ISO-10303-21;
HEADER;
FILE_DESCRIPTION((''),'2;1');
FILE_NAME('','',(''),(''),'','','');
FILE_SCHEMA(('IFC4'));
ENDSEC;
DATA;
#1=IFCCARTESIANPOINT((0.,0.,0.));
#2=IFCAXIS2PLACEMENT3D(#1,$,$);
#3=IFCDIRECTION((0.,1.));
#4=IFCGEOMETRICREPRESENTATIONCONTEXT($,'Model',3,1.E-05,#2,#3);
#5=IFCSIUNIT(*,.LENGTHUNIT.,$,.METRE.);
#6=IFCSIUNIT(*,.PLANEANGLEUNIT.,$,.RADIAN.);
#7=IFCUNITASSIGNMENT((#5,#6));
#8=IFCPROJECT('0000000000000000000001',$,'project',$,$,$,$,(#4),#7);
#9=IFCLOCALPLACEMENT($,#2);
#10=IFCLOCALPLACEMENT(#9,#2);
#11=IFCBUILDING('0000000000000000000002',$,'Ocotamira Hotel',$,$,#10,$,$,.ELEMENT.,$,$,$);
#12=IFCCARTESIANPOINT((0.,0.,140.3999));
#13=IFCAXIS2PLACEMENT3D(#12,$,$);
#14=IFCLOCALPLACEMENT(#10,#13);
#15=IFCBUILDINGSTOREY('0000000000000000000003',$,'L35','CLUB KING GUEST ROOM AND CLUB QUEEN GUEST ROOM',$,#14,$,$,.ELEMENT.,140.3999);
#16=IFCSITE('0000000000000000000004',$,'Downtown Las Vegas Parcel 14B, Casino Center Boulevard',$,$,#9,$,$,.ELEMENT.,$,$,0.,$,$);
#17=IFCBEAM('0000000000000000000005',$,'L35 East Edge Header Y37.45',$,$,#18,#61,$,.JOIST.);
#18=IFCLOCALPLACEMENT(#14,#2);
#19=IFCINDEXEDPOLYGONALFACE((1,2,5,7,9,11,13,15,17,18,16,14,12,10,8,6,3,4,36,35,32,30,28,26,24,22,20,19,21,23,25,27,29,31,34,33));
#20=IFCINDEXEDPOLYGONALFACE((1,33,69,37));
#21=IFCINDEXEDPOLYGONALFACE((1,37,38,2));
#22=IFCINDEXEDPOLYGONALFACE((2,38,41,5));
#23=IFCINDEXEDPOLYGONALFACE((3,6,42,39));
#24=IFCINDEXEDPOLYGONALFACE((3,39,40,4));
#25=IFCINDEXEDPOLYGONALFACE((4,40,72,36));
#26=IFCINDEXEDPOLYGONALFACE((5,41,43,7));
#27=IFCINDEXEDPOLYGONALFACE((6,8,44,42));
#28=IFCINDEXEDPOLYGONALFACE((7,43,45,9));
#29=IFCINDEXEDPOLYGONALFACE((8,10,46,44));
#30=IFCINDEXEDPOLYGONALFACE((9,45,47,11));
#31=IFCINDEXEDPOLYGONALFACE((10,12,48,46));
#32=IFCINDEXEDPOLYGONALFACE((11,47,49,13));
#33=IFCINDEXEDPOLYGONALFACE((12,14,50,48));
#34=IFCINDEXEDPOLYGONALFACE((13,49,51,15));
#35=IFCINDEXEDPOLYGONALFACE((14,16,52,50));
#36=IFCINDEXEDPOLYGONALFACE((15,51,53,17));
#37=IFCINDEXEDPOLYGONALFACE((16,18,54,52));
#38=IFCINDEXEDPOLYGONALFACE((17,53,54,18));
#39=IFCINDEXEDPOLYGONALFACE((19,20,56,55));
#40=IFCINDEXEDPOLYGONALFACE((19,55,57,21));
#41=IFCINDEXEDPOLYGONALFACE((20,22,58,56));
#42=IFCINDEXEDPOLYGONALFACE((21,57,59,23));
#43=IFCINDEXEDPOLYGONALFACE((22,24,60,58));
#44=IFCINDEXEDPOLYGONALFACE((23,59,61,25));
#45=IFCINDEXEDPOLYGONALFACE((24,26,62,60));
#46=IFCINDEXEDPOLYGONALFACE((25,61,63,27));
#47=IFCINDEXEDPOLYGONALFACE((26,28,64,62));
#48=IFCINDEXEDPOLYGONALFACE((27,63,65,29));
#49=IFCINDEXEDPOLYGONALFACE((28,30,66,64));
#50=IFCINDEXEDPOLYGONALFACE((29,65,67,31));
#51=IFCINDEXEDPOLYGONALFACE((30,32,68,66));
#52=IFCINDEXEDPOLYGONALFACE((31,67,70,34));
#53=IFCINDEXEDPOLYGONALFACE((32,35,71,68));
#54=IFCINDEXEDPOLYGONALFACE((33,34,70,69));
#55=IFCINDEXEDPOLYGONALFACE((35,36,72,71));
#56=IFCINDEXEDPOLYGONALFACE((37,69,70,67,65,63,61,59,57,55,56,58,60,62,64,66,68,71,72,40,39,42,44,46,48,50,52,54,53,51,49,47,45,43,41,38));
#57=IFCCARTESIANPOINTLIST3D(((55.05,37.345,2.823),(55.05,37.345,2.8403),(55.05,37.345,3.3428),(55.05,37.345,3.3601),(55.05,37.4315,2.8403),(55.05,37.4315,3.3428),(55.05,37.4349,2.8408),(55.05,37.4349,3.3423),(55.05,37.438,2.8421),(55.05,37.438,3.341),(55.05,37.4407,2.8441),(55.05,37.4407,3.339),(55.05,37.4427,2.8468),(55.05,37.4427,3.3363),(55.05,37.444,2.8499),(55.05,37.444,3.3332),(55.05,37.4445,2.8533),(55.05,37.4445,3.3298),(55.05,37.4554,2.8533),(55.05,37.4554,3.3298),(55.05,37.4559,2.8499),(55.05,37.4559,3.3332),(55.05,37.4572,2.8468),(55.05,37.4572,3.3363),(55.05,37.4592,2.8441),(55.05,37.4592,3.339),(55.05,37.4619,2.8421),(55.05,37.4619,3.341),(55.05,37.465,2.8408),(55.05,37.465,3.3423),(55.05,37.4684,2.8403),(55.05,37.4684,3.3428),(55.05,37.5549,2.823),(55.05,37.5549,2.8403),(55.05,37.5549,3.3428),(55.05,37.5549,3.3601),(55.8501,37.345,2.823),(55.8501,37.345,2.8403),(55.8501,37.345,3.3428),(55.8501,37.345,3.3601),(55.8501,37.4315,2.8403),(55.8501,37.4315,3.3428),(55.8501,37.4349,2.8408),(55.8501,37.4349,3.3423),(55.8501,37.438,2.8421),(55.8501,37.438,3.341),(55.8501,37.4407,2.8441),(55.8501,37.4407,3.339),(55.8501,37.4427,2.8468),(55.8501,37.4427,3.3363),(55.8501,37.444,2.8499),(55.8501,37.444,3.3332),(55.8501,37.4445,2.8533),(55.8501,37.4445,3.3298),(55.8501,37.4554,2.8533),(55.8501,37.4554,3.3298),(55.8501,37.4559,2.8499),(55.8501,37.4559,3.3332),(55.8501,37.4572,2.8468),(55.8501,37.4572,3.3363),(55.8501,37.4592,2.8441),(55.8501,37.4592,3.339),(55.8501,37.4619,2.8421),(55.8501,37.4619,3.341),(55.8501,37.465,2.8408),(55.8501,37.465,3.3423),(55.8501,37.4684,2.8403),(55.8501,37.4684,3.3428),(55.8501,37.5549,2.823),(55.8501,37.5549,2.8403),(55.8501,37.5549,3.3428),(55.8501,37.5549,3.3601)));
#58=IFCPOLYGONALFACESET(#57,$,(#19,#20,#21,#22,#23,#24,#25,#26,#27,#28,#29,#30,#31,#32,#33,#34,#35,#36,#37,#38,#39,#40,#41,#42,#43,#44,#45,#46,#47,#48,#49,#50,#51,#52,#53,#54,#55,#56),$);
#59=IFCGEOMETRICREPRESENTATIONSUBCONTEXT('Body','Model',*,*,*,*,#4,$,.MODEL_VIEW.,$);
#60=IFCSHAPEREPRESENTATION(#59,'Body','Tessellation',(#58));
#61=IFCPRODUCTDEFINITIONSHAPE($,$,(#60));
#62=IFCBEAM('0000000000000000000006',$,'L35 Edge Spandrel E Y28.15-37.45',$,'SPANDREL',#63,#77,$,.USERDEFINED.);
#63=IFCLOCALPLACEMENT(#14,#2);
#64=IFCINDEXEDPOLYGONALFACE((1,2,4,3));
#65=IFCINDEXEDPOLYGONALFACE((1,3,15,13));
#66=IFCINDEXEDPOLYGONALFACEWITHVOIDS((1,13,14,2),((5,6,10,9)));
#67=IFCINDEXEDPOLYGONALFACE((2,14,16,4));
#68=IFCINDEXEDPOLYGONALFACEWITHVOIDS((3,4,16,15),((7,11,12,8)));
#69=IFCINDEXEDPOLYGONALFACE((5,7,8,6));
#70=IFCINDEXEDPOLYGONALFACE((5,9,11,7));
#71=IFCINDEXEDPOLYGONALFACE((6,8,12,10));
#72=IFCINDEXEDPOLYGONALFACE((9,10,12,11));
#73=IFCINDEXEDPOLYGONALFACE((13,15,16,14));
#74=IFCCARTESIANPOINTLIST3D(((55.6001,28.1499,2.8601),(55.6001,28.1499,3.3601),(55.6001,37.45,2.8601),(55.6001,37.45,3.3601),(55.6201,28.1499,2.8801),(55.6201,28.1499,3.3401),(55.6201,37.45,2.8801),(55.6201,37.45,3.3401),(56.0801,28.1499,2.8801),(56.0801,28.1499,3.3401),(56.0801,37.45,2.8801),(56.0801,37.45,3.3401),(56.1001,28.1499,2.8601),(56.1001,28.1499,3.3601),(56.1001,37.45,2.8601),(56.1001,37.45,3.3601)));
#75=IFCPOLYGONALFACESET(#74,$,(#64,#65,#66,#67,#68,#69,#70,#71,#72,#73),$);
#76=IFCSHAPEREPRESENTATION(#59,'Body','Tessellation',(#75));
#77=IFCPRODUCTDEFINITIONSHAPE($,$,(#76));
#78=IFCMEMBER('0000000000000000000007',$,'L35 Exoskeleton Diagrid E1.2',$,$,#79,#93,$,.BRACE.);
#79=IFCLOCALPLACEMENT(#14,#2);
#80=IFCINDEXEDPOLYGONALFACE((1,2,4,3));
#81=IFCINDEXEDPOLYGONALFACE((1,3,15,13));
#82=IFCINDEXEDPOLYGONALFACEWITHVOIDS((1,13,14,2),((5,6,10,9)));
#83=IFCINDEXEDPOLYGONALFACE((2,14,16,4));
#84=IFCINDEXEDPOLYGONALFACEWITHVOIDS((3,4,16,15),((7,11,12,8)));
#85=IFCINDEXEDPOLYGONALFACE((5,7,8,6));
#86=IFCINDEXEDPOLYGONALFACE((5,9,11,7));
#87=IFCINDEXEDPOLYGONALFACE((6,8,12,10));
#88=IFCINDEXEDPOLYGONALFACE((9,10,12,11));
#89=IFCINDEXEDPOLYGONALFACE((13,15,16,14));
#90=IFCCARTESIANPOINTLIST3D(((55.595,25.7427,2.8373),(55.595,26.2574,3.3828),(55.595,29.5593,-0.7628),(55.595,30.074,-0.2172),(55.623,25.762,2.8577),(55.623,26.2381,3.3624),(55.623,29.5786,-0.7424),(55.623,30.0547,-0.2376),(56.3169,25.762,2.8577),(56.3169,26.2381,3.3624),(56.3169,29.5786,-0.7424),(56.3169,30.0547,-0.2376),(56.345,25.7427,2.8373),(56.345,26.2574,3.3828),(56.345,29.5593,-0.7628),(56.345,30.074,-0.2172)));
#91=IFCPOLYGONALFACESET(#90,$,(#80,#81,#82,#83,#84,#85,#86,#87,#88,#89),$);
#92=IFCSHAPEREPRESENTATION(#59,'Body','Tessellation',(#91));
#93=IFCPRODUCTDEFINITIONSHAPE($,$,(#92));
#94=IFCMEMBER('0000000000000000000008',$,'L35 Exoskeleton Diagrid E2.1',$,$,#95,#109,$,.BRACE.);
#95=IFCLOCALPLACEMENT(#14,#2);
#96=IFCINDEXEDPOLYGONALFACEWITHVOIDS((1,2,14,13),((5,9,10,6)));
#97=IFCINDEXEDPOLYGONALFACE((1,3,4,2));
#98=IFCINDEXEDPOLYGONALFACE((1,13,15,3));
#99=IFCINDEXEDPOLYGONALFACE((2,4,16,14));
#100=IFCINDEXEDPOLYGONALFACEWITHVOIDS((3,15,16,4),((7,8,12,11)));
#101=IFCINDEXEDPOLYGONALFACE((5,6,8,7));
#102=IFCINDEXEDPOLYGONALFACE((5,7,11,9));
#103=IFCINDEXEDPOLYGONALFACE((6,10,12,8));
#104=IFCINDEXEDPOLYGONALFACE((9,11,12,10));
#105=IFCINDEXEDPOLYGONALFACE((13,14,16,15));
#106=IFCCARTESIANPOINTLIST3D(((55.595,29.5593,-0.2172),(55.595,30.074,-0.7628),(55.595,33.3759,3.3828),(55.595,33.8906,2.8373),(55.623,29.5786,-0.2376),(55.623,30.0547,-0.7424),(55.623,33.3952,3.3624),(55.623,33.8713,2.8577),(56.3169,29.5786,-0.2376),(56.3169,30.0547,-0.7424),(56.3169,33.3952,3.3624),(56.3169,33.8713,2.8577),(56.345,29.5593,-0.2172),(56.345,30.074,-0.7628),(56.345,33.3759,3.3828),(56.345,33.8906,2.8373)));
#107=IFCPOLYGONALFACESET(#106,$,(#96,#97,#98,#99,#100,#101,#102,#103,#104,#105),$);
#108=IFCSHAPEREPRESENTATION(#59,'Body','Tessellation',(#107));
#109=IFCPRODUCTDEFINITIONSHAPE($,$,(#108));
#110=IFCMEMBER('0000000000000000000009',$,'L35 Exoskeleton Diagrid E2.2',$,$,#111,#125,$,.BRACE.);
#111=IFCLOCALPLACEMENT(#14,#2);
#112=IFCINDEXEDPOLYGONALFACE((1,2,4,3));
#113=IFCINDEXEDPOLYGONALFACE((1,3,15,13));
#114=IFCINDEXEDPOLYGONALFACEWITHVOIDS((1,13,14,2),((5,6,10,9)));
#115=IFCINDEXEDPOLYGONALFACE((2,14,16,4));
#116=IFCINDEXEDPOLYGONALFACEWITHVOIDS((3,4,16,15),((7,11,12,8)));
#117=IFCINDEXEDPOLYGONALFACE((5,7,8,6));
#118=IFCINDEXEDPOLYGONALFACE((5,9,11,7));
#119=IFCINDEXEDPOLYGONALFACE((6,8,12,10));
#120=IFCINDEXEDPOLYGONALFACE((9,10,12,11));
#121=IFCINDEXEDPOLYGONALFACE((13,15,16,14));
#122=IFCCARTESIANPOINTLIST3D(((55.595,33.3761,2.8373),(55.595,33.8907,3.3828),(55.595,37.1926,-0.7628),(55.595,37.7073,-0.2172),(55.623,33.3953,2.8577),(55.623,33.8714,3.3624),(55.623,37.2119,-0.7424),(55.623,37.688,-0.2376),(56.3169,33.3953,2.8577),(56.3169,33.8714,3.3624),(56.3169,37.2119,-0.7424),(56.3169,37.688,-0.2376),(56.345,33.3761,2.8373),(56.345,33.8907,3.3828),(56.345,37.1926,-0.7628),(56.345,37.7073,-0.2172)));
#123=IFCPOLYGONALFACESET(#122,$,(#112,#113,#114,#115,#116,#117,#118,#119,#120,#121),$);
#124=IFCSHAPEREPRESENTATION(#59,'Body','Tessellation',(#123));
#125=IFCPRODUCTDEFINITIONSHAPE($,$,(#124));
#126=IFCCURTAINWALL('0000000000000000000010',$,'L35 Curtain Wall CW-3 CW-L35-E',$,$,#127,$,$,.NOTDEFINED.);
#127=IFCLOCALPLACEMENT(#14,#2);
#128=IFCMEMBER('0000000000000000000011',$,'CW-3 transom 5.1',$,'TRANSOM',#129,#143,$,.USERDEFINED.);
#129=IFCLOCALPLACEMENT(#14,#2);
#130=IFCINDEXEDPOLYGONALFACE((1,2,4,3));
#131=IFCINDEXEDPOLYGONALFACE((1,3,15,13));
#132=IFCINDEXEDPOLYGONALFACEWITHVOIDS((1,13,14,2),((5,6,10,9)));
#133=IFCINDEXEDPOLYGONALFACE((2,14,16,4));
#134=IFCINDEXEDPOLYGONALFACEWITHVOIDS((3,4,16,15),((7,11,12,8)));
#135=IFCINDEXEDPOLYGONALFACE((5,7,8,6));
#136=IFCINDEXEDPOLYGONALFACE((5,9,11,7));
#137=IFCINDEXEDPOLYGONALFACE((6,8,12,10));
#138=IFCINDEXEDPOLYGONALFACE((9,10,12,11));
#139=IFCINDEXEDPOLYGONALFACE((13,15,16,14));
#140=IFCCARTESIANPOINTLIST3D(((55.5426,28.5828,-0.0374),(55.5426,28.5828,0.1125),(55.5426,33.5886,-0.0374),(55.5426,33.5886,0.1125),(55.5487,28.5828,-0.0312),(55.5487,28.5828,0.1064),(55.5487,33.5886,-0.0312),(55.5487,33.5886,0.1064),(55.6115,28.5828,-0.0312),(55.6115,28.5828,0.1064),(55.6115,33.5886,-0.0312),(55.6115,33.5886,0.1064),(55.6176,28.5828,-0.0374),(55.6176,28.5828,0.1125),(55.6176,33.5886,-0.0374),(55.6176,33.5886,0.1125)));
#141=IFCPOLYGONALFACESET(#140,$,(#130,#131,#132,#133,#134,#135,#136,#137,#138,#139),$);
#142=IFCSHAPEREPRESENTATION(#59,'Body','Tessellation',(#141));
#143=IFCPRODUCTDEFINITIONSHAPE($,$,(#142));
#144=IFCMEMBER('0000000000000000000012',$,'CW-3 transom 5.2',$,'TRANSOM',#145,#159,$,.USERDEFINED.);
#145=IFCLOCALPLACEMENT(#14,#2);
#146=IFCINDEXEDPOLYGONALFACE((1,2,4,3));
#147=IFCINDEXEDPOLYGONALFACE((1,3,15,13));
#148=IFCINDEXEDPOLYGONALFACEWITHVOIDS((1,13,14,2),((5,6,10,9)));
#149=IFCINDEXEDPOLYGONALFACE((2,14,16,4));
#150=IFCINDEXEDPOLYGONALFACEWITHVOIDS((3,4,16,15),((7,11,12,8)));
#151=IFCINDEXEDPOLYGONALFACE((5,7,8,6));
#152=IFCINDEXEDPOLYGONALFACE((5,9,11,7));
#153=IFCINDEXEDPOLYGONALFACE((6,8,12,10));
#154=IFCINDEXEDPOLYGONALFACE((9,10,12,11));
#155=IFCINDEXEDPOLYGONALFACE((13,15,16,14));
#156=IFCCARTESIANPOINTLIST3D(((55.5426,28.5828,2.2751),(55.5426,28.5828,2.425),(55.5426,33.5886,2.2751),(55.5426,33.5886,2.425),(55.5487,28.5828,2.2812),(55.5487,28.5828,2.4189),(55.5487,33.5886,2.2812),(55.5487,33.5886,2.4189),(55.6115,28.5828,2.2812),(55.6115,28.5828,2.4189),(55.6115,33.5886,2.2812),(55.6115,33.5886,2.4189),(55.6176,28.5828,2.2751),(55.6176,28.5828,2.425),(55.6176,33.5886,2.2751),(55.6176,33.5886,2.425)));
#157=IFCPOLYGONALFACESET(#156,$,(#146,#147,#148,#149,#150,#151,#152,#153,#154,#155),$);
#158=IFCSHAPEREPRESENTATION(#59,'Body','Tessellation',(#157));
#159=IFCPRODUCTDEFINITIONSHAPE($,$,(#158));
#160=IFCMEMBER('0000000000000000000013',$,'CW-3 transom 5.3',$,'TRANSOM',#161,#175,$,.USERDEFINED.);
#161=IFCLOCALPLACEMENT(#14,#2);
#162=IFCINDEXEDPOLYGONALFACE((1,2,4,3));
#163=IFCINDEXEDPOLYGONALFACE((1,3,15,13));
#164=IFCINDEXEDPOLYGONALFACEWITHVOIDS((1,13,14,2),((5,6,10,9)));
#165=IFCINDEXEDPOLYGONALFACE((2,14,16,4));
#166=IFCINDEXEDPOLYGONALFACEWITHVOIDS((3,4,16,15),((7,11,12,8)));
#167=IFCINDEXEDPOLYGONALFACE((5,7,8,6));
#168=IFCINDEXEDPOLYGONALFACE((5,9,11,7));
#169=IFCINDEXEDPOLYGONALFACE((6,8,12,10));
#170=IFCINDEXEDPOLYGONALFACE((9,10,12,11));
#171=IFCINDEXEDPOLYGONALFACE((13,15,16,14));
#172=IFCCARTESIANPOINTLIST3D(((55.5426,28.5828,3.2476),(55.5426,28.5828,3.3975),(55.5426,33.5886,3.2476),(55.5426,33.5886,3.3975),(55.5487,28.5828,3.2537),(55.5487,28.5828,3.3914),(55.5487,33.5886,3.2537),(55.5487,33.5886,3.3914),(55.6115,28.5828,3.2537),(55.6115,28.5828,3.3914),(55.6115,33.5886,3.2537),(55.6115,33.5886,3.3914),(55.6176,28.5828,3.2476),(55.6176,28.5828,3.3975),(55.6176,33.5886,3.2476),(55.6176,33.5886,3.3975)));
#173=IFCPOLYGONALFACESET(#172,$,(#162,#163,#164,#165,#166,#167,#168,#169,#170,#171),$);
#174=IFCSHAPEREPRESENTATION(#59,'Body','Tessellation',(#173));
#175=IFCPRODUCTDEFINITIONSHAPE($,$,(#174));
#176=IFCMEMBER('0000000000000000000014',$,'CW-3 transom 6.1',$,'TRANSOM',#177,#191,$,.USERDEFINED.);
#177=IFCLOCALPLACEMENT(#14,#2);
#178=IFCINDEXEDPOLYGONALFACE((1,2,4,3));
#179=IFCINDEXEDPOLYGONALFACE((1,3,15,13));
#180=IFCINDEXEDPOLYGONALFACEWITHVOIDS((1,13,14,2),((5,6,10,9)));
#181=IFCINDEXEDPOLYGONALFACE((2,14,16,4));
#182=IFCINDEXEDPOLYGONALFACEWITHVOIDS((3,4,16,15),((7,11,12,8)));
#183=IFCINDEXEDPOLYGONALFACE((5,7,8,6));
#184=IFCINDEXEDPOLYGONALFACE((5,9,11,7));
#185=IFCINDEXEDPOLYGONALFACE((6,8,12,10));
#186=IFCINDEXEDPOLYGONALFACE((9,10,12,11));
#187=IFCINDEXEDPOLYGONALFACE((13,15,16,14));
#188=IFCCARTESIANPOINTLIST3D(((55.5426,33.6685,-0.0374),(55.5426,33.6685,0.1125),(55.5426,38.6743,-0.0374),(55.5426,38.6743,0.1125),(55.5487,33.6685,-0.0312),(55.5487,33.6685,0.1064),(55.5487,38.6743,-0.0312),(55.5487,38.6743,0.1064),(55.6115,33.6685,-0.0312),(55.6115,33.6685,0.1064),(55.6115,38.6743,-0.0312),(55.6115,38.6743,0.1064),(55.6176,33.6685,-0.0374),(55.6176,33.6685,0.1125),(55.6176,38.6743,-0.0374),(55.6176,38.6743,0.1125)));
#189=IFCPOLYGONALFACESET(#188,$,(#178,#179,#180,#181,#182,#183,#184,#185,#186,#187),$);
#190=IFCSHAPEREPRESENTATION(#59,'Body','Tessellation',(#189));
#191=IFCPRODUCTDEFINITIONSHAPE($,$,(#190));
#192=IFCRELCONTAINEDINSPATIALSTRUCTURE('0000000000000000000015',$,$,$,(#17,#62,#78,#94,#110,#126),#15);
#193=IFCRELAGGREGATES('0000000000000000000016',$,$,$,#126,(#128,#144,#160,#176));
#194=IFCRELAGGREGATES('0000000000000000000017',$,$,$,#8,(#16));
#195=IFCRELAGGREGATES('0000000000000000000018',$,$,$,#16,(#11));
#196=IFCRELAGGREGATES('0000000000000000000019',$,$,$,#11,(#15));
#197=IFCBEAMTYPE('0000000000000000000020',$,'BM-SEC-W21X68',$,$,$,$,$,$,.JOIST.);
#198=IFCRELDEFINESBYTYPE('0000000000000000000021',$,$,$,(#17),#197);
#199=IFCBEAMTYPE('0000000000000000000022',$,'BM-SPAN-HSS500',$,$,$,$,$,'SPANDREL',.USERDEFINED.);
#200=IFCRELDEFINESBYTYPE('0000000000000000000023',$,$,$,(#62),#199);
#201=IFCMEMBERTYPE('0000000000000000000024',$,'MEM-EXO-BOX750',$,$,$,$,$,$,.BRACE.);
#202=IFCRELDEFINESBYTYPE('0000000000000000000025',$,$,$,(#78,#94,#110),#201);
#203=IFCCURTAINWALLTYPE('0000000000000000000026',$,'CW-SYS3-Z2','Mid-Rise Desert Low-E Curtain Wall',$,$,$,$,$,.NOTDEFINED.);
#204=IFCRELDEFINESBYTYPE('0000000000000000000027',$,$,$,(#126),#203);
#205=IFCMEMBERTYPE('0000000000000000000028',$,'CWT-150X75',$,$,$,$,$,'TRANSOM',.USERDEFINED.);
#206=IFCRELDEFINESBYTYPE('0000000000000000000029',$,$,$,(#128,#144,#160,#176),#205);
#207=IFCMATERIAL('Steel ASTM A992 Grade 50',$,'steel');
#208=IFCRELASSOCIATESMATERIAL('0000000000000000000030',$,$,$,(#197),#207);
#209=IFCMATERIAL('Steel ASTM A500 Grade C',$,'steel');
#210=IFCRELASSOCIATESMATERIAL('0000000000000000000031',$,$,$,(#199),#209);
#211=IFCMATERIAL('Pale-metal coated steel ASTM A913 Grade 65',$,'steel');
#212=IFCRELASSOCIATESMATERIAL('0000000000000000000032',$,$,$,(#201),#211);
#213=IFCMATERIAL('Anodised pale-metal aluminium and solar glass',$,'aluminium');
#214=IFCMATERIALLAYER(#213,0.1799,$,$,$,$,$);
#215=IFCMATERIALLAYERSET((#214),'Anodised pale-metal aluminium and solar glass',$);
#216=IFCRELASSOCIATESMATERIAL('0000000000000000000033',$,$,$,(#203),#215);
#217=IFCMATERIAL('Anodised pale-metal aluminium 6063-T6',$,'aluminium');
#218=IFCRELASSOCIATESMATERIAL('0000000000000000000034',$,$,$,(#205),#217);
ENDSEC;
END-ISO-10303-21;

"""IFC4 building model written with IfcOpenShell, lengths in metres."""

from ifc_helpers import new_model, si_unit, direction, frame, origin, origin_2d, place, context, subcontext, project, spatial, hollow_rectangle, i_section, extrude, source, transform, mapped, material, layer, layer_set, material_profile, profile_set, type_object, element, aggregate, save


model = new_model("IFC4")

# Units and contexts
model_context = context("Model", 3, precision=1e-05, world=origin(), true_north=direction((0.0, 1.0)))
body_context = subcontext(model_context, "Body", "Model", "MODEL_VIEW")
ifc_project = project(units=[si_unit("LENGTHUNIT", "METRE"), si_unit("PLANEANGLEUNIT", "RADIAN")], contexts=[model_context])

# Site, building, storey
site_placement = place(None, origin())
site = spatial("IfcSite", under=ifc_project, at=site_placement, Name="Downtown Las Vegas Parcel 14B, Casino Center Boulevard", CompositionType="ELEMENT", RefElevation=0.0)
building_placement = place(site_placement, origin())
building = spatial("IfcBuilding", under=site, at=building_placement, Name="Ocotamira Hotel", CompositionType="ELEMENT")
storey_placement = place(building_placement, frame((0.0, 0.0, 140.3999)))
storey = spatial("IfcBuildingStorey", under=building, at=storey_placement, Name="L35", Description="CLUB KING GUEST ROOM AND CLUB QUEEN GUEST ROOM", CompositionType="ELEMENT", Elevation=140.3999)

# Beams
ifc_material_1 = material(Name="Steel ASTM A500 Grade C", Category="steel")
ifc_material_2 = material(Name="Steel ASTM A992 Grade 50", Category="steel")
ifc_material_profile_1 = material_profile(ifc_material_2, i_section(OverallWidth=0.21, OverallDepth=0.5371, WebThickness=0.011, FlangeThickness=0.0173, FilletRadius=0.0129, at=origin_2d()), Name="W21X68")
ifc_profile_set_1 = profile_set([ifc_material_profile_1], Name="Steel ASTM A992 Grade 50")
beam_type_1 = type_object("IfcBeamType", Name="BM-SEC-W21X68", PredefinedType="JOIST", material=ifc_profile_set_1)
shared_shape_1 = source(origin(), body_context, "Body", "SweptSolid", [
    extrude(i_section(OverallWidth=0.21, OverallDepth=0.5371, WebThickness=0.011, FlangeThickness=0.0173, FilletRadius=0.0129, at=origin_2d()), origin(), (0.0, 0.0, 1.0), 0.8),
])
for number, where, z_axis, x_axis, name in (
    (1, (55.05, 37.45, 3.0916), (1.0, 0.0, 0.0), (0.0, 1.0, 0.0), "L35 East Edge Header Y37.45"),
):
    element("IfcBeam", number, at=place(storey_placement, frame(where, z_axis=z_axis, x_axis=x_axis)), inside=storey, type_object=beam_type_1, Name=name, PredefinedType="JOIST", context=body_context, shape_type="MappedRepresentation", body=[
        mapped(shared_shape_1, transform((0.0, 0.0, 0.0), scale=1.0)),
    ])
ifc_material_profile_2 = material_profile(ifc_material_1, hollow_rectangle(XDim=0.5, YDim=0.5, WallThickness=0.02, at=origin_2d()), Name="HSS500X500X20")
ifc_profile_set_2 = profile_set([ifc_material_profile_2], Name="Steel ASTM A500 Grade C")
beam_type_2 = type_object("IfcBeamType", Name="BM-SPAN-HSS500", ElementType="SPANDREL", PredefinedType="USERDEFINED", material=ifc_profile_set_2)
shared_shape_2 = source(origin(), body_context, "Body", "SweptSolid", [
    extrude(hollow_rectangle(XDim=0.5, YDim=0.5, WallThickness=0.02, at=origin_2d()), origin(), (0.0, 0.0, 1.0), 9.3),
])
beam_1_placement = place(storey_placement, frame((55.8501, 28.1499, 3.1101), z_axis=(0.0, 1.0, 0.0), x_axis=(-1.0, 0.0, 0.0)))
element("IfcBeam", 2, at=beam_1_placement, inside=storey, type_object=beam_type_2, Name="L35 Edge Spandrel E Y28.15-37.45", ObjectType="SPANDREL", PredefinedType="USERDEFINED", context=body_context, shape_type="MappedRepresentation", body=[
    mapped(shared_shape_2, transform((0.0, 0.0, 0.0), scale=1.0)),
])

# Members
ifc_material_3 = material(Name="Pale-metal coated steel ASTM A913 Grade 65", Category="steel")
ifc_material_profile_3 = material_profile(ifc_material_3, hollow_rectangle(XDim=0.75, YDim=0.75, WallThickness=0.0281, at=origin_2d()), Name="BOX750X750X28")
ifc_profile_set_3 = profile_set([ifc_material_profile_3], Name="Pale-metal coated steel ASTM A913 Grade 65")
member_type_1 = type_object("IfcMemberType", Name="MEM-EXO-BOX750", PredefinedType="BRACE", material=ifc_profile_set_3)
shared_shape_3 = source(origin(), body_context, "Body", "SweptSolid", [
    extrude(hollow_rectangle(XDim=0.75, YDim=0.75, WallThickness=0.0281, at=origin_2d()), origin(), (0.0, 0.0, 1.0), 5.2466),
])
for number, where, z_axis, x_axis, name in (
    (3, (55.97, 29.8167, -0.49), (0.0, -0.727443, 0.686168), (1.0, 0.0, 0.0), "L35 Exoskeleton Diagrid E1.2"),
    (4, (55.97, 29.8167, -0.49), (0.0, 0.727443, 0.686168), (-1.0, 0.0, 0.0), "L35 Exoskeleton Diagrid E2.1"),
    (5, (55.97, 37.45, -0.49), (0.0, -0.727443, 0.686168), (1.0, 0.0, 0.0), "L35 Exoskeleton Diagrid E2.2"),
):
    element("IfcMember", number, at=place(storey_placement, frame(where, z_axis=z_axis, x_axis=x_axis)), inside=storey, type_object=member_type_1, Name=name, PredefinedType="BRACE", context=body_context, shape_type="MappedRepresentation", body=[
        mapped(shared_shape_3, transform((0.0, 0.0, 0.0), scale=1.0)),
    ])

# Curtain wall, members
ifc_material_4 = material(Name="Anodised pale-metal aluminium and solar glass", Category="aluminium")
ifc_layer_1 = layer(ifc_material_4, 0.1799)
ifc_layer_set_1 = layer_set([ifc_layer_1], Name="Anodised pale-metal aluminium and solar glass")
curtain_wall_type = type_object("IfcCurtainWallType", Name="CW-SYS3-Z2", Description="Mid-Rise Desert Low-E Curtain Wall", PredefinedType="NOTDEFINED", material=ifc_layer_set_1)
curtain_wall_placement = place(storey_placement, origin())
curtain_wall = element("IfcCurtainWall", 6, at=curtain_wall_placement, inside=storey, type_object=curtain_wall_type, Name="L35 Curtain Wall CW-3 CW-L35-E", PredefinedType="NOTDEFINED")
ifc_material_5 = material(Name="Anodised pale-metal aluminium 6063-T6", Category="aluminium")
ifc_material_profile_4 = material_profile(ifc_material_5, hollow_rectangle(XDim=0.075, YDim=0.1499, WallThickness=0.0061, at=origin_2d()), Name="HSS150X75X6")
ifc_profile_set_4 = profile_set([ifc_material_profile_4], Name="Anodised pale-metal aluminium 6063-T6")
member_type_2 = type_object("IfcMemberType", Name="CWT-150X75", ElementType="TRANSOM", PredefinedType="USERDEFINED", material=ifc_profile_set_4)
shared_shape_4 = source(origin(), body_context, "Body", "SweptSolid", [
    extrude(hollow_rectangle(XDim=0.075, YDim=0.1499, WallThickness=0.0061, at=origin_2d()), origin(), (0.0, 0.0, 1.0), 5.0059),
])
member_1_placement = place(storey_placement, frame((55.5801, 28.5828, 0.0376), z_axis=(0.0, 1.0, 0.0), x_axis=(-1.0, 0.0, 0.0)))
member_1 = element("IfcMember", 7, at=member_1_placement, type_object=member_type_2, Name="CW-3 transom 5.1", ObjectType="TRANSOM", PredefinedType="USERDEFINED", context=body_context, shape_type="MappedRepresentation", body=[
    mapped(shared_shape_4, transform((0.0, 0.0, 0.0), scale=1.0)),
])
member_2_placement = place(storey_placement, frame((55.5801, 28.5828, 2.3501), z_axis=(0.0, 1.0, 0.0), x_axis=(-1.0, 0.0, 0.0)))
member_2 = element("IfcMember", 8, at=member_2_placement, type_object=member_type_2, Name="CW-3 transom 5.2", ObjectType="TRANSOM", PredefinedType="USERDEFINED", context=body_context, shape_type="MappedRepresentation", body=[
    mapped(shared_shape_4, transform((0.0, 0.0, 0.0), scale=1.0)),
])
member_3_placement = place(storey_placement, frame((55.5801, 28.5828, 3.3225), z_axis=(0.0, 1.0, 0.0), x_axis=(-1.0, 0.0, 0.0)))
member_3 = element("IfcMember", 9, at=member_3_placement, type_object=member_type_2, Name="CW-3 transom 5.3", ObjectType="TRANSOM", PredefinedType="USERDEFINED", context=body_context, shape_type="MappedRepresentation", body=[
    mapped(shared_shape_4, transform((0.0, 0.0, 0.0), scale=1.0)),
])
member_4_placement = place(storey_placement, frame((55.5801, 33.6685, 0.0376), z_axis=(0.0, 1.0, 0.0), x_axis=(-1.0, 0.0, 0.0)))
member_4 = element("IfcMember", 10, at=member_4_placement, type_object=member_type_2, Name="CW-3 transom 6.1", ObjectType="TRANSOM", PredefinedType="USERDEFINED", context=body_context, shape_type="MappedRepresentation", body=[
    mapped(shared_shape_4, transform((0.0, 0.0, 0.0), scale=1.0)),
])

aggregate(curtain_wall, [member_1, member_2, member_3, member_4])

save(model, "model.ifc")
